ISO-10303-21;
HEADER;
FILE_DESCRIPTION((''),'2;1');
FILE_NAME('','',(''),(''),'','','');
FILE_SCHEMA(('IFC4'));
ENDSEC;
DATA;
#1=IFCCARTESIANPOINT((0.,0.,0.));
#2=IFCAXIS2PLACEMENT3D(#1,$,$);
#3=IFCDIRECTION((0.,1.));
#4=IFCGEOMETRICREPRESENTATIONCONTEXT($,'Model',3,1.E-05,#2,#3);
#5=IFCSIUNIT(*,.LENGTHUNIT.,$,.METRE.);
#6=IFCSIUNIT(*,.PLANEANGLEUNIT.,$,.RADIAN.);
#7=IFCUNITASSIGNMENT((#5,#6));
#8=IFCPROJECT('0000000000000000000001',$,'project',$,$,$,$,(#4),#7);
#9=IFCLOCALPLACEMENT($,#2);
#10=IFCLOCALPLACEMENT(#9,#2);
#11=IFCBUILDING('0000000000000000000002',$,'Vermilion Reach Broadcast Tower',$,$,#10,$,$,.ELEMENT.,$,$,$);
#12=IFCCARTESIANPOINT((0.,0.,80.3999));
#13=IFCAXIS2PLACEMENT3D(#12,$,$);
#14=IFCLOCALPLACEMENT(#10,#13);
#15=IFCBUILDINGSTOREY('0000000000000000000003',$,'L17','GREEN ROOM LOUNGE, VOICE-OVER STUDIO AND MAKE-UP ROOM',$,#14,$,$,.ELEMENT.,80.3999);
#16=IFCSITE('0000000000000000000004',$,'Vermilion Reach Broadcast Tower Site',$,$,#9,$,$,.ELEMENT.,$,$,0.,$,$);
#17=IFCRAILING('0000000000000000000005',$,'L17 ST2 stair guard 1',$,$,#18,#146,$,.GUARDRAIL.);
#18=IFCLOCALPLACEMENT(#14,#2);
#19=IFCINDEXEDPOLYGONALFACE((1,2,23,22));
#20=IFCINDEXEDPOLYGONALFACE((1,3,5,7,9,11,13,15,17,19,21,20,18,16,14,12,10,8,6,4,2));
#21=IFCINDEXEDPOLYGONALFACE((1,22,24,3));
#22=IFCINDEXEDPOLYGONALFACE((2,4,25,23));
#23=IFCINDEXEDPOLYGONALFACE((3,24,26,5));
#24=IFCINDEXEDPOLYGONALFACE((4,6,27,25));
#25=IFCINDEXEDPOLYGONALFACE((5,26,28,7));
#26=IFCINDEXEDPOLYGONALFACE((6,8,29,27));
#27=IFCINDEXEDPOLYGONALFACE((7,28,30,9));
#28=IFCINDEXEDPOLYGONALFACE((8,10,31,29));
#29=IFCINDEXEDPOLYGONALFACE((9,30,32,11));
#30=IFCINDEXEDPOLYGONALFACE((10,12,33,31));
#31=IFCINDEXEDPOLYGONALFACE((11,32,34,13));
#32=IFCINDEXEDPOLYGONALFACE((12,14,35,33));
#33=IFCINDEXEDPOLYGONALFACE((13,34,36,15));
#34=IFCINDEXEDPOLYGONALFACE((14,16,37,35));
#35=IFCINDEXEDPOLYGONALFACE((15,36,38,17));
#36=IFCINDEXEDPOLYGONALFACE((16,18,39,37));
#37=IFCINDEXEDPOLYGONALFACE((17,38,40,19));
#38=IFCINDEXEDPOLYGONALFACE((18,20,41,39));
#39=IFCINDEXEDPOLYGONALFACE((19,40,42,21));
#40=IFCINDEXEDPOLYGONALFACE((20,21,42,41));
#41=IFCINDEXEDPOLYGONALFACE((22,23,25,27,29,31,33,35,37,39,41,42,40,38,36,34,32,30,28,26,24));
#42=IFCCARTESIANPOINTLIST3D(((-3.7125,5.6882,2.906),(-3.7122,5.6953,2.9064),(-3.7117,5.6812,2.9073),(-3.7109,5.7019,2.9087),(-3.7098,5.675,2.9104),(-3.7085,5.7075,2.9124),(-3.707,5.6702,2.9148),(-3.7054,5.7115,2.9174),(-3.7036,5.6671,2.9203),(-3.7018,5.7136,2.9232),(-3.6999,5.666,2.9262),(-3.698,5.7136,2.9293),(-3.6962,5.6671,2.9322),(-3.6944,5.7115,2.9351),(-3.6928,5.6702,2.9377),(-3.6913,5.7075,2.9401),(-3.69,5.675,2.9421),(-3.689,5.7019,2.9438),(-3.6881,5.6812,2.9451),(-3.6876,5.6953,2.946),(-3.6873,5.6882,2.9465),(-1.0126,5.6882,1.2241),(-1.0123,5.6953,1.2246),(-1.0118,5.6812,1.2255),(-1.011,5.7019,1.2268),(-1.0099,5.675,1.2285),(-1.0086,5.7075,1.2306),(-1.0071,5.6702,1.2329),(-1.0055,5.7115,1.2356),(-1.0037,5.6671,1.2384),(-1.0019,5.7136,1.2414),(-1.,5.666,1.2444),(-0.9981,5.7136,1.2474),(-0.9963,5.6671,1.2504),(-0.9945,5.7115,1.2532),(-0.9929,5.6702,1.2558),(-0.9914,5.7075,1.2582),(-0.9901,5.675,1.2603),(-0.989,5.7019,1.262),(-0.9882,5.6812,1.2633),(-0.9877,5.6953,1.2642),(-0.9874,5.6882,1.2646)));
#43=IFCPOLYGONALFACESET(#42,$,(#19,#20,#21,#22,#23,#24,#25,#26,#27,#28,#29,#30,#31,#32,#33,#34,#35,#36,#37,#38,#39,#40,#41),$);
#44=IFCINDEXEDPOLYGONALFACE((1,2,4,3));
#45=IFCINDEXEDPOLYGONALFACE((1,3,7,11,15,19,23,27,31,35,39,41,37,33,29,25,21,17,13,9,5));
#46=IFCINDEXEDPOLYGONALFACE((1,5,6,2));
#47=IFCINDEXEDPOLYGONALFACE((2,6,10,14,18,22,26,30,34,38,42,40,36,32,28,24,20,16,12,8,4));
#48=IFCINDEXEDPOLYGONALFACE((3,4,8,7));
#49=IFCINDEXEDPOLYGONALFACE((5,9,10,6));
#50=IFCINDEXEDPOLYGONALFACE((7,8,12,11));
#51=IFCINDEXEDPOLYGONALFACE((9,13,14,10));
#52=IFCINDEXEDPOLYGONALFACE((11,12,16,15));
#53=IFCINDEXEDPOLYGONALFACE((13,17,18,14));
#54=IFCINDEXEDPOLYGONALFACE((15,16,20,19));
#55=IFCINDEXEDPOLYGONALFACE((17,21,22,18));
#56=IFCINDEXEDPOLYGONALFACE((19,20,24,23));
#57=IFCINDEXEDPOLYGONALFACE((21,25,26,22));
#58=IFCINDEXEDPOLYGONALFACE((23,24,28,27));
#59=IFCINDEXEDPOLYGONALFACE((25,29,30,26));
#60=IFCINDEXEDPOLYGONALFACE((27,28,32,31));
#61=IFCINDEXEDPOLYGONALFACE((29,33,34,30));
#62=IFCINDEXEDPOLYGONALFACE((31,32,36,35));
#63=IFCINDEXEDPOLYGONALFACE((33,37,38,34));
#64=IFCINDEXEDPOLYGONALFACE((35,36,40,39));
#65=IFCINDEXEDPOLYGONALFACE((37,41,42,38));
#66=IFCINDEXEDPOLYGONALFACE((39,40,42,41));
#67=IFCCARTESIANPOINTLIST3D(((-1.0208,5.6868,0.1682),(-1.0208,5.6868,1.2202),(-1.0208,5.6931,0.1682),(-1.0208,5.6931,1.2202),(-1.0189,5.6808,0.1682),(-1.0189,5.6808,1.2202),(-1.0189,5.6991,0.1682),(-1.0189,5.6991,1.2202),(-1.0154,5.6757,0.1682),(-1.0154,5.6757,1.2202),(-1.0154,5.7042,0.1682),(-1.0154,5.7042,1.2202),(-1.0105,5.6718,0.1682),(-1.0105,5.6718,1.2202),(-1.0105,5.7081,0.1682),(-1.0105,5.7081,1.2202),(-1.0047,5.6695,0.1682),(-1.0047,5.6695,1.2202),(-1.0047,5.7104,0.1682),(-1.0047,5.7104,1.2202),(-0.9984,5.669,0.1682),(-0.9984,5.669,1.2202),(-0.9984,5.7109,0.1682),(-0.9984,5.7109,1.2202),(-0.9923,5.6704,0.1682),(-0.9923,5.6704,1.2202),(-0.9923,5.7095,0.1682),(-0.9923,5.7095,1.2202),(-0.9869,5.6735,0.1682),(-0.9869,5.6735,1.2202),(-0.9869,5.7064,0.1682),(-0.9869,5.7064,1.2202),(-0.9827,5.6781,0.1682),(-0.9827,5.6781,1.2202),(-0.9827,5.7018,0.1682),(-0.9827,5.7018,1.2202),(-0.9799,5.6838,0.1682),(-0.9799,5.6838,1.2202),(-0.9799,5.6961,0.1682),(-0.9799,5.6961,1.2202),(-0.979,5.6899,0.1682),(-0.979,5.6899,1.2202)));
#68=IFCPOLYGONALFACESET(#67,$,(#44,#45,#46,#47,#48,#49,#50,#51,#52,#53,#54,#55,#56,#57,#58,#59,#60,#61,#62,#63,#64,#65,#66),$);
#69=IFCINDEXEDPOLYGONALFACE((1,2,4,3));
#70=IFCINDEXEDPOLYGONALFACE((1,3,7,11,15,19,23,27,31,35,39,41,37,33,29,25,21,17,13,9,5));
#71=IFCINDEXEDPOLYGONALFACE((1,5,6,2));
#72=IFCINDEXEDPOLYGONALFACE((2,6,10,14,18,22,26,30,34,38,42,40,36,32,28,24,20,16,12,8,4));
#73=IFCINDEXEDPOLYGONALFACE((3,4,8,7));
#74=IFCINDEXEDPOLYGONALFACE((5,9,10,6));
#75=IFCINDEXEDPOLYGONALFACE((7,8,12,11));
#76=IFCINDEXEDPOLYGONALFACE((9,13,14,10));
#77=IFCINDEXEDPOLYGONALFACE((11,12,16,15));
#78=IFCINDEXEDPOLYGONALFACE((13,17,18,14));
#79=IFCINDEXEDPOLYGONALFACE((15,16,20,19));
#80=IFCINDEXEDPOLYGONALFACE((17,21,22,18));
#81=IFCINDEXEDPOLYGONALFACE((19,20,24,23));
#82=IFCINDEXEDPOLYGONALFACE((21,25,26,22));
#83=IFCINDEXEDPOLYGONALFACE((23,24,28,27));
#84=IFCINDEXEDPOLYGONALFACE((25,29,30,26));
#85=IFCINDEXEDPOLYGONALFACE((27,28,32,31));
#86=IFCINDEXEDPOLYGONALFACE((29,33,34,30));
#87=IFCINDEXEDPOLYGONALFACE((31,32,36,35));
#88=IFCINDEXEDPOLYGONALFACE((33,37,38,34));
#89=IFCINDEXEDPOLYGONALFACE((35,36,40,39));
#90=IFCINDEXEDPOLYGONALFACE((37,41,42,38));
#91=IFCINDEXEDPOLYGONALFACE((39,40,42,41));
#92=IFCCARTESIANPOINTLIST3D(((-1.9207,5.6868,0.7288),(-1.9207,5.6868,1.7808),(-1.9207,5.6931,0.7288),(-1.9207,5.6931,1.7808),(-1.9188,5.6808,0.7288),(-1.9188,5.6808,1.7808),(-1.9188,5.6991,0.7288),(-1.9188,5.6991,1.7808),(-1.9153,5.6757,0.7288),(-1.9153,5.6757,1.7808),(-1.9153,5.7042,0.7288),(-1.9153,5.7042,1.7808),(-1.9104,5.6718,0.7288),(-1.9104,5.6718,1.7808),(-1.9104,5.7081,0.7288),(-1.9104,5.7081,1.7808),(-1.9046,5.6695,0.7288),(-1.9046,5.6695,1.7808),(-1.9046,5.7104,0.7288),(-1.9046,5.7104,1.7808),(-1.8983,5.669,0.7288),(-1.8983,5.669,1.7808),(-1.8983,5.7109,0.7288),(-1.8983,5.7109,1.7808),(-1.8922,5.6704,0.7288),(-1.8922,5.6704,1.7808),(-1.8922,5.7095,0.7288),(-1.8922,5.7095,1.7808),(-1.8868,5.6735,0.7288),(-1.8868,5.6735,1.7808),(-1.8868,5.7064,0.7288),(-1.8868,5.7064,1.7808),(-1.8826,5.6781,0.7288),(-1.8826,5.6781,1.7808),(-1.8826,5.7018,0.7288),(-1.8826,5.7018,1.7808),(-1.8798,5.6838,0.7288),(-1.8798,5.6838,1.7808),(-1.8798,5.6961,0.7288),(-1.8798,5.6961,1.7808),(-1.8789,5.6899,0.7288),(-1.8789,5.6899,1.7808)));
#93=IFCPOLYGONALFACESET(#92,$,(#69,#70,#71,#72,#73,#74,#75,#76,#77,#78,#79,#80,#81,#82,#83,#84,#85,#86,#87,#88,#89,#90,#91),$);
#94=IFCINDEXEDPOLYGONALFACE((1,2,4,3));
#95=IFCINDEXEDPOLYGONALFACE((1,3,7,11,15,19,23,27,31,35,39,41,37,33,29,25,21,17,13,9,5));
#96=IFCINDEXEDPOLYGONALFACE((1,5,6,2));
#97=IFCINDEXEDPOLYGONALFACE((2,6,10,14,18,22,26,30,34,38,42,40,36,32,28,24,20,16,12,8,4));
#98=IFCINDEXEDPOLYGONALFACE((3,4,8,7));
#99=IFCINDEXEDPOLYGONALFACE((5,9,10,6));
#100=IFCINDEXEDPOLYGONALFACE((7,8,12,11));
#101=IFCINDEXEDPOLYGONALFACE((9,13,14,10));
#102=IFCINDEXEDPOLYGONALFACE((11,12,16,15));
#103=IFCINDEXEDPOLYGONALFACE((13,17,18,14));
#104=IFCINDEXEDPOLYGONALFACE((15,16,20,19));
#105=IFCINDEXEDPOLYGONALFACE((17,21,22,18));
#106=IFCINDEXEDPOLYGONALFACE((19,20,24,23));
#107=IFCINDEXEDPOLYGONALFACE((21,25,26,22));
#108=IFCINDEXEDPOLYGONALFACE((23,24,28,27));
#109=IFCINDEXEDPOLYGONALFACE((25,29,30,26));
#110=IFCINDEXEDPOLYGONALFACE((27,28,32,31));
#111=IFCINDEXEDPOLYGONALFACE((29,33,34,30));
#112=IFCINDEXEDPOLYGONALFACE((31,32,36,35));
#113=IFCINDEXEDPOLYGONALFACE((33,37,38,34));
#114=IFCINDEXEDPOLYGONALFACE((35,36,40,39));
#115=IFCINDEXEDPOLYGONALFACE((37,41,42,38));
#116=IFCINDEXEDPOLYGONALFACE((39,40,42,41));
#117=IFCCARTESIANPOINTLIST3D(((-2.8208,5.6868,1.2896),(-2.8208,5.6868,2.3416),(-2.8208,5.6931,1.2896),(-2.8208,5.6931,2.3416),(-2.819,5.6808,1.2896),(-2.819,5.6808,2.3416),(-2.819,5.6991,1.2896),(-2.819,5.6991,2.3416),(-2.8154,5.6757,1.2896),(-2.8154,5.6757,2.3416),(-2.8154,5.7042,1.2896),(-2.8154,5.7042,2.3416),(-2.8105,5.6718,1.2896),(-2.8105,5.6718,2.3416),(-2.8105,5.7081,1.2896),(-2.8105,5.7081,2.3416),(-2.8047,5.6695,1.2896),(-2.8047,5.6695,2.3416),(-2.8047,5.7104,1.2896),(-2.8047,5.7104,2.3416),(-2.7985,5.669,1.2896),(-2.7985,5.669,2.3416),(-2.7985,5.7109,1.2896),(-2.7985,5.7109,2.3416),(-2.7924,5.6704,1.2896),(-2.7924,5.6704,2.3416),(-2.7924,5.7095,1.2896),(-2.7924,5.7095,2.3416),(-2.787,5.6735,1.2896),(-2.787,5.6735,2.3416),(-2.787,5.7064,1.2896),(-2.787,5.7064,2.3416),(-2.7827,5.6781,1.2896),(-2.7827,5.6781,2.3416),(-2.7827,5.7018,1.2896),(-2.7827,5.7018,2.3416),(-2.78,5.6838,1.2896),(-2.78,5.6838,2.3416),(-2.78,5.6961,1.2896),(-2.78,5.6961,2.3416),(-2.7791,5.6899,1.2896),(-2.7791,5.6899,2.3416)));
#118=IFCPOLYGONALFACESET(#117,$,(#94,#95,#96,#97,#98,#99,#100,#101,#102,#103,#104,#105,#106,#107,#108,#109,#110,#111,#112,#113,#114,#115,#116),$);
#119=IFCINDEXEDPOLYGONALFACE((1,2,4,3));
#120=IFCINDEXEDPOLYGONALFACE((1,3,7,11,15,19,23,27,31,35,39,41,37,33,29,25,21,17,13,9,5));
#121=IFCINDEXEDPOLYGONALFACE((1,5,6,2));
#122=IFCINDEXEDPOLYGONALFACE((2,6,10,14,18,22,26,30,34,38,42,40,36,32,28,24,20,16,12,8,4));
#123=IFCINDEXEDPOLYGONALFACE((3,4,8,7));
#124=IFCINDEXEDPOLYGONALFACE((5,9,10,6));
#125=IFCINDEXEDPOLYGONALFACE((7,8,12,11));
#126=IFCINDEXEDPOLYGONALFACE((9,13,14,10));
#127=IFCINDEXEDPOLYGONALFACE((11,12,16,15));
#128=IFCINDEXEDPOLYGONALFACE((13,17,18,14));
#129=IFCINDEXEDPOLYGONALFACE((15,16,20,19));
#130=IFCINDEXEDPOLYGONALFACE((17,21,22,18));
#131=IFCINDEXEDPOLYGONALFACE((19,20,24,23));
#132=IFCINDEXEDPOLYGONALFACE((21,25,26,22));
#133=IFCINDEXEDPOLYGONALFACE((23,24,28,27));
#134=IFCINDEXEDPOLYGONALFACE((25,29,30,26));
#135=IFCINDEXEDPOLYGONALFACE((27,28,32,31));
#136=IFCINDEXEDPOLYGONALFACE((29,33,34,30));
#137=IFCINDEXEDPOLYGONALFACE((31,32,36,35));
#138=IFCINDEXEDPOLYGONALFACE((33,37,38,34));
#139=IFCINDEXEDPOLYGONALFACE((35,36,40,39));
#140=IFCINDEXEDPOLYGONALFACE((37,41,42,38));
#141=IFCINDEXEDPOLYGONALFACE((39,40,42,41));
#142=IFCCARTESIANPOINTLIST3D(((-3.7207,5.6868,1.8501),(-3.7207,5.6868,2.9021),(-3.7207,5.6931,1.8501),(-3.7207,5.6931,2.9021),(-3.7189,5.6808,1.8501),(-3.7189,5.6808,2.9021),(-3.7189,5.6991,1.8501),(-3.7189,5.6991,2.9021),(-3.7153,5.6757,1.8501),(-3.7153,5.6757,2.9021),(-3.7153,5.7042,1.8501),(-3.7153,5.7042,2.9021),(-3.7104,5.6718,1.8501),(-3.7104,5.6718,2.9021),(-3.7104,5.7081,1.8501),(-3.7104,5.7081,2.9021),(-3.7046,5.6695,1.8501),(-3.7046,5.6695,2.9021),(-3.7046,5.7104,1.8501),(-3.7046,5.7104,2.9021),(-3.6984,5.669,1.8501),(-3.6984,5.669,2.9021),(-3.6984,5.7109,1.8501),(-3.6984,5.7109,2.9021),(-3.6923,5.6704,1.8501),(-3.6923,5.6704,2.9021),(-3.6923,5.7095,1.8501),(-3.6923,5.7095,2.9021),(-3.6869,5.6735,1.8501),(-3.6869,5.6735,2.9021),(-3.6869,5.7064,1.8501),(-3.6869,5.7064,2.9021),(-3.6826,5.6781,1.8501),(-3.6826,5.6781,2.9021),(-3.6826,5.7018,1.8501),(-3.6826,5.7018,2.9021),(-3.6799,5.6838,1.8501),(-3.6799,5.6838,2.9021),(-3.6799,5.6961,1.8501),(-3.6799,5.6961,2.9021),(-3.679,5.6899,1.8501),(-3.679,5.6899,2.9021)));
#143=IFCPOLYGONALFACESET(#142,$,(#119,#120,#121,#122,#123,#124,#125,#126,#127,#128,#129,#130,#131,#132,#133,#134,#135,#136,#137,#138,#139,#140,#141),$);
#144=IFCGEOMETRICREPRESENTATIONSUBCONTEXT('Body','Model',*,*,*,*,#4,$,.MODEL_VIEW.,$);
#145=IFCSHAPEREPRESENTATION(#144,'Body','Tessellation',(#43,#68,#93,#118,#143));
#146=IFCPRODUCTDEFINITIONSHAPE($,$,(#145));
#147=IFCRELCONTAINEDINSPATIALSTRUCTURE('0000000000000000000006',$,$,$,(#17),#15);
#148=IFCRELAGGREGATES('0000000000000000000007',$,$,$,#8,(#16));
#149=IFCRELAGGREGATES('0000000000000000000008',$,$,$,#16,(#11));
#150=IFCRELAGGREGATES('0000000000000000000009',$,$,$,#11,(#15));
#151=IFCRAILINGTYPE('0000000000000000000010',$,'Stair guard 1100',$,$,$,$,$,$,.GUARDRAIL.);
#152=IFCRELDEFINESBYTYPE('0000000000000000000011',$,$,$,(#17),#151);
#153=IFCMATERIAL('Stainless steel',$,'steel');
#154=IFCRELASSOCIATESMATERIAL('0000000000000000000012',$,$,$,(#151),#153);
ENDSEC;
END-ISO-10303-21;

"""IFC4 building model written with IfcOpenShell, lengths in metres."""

from ifc_helpers import new_model, si_unit, direction, frame, origin, origin_2d, place, context, subcontext, project, spatial, circle, extrude, material, type_object, element, save


model = new_model("IFC4")

# Units and contexts
model_context = context("Model", 3, precision=1e-05, world=origin(), true_north=direction((0.0, 1.0)))
body_context = subcontext(model_context, "Body", "Model", "MODEL_VIEW")
ifc_project = project(units=[si_unit("LENGTHUNIT", "METRE"), si_unit("PLANEANGLEUNIT", "RADIAN")], contexts=[model_context])

# Site, building, storey
site_placement = place(None, origin())
site = spatial("IfcSite", under=ifc_project, at=site_placement, Name="Vermilion Reach Broadcast Tower Site", CompositionType="ELEMENT", RefElevation=0.0)
building_placement = place(site_placement, origin())
building = spatial("IfcBuilding", under=site, at=building_placement, Name="Vermilion Reach Broadcast Tower", CompositionType="ELEMENT")
storey_placement = place(building_placement, frame((0.0, 0.0, 80.3999)))
storey = spatial("IfcBuildingStorey", under=building, at=storey_placement, Name="L17", Description="GREEN ROOM LOUNGE, VOICE-OVER STUDIO AND MAKE-UP ROOM", CompositionType="ELEMENT", Elevation=80.3999)

# Railing
ifc_material_1 = material(Name="Stainless steel", Category="steel")
railing_type_1 = type_object("IfcRailingType", Name="Stair guard 1100", PredefinedType="GUARDRAIL", material=ifc_material_1)
railing_1_placement = place(storey_placement, frame((-1.0, 5.6899, 0.1682)))
element("IfcRailing", 1, at=railing_1_placement, inside=storey, type_object=railing_type_1, Name="L17 ST2 stair guard 1", PredefinedType="GUARDRAIL", context=body_context, shape_type="SweptSolid", body=[
    extrude(circle(Radius=0.0239, at=origin_2d()), frame((0.0, 0.0, 1.0762), z_axis=(-0.848786, 0.0, 0.528736), x_axis=(0.0, -1.0, 0.0)), (0.0, 0.0, 1.0), 3.1809),
    extrude(circle(Radius=0.021, at=origin_2d()), origin(), (0.0, 0.0, 1.0), 1.052),
    extrude(circle(Radius=0.021, at=origin_2d()), frame((-0.8999, 0.0, 0.5605)), (0.0, 0.0, 1.0), 1.052),
    extrude(circle(Radius=0.021, at=origin_2d()), frame((-1.8, 0.0, 1.1213)), (0.0, 0.0, 1.0), 1.052),
    extrude(circle(Radius=0.021, at=origin_2d()), frame((-2.7, 0.0, 1.6819)), (0.0, 0.0, 1.0), 1.052),
])

save(model, "model.ifc")
